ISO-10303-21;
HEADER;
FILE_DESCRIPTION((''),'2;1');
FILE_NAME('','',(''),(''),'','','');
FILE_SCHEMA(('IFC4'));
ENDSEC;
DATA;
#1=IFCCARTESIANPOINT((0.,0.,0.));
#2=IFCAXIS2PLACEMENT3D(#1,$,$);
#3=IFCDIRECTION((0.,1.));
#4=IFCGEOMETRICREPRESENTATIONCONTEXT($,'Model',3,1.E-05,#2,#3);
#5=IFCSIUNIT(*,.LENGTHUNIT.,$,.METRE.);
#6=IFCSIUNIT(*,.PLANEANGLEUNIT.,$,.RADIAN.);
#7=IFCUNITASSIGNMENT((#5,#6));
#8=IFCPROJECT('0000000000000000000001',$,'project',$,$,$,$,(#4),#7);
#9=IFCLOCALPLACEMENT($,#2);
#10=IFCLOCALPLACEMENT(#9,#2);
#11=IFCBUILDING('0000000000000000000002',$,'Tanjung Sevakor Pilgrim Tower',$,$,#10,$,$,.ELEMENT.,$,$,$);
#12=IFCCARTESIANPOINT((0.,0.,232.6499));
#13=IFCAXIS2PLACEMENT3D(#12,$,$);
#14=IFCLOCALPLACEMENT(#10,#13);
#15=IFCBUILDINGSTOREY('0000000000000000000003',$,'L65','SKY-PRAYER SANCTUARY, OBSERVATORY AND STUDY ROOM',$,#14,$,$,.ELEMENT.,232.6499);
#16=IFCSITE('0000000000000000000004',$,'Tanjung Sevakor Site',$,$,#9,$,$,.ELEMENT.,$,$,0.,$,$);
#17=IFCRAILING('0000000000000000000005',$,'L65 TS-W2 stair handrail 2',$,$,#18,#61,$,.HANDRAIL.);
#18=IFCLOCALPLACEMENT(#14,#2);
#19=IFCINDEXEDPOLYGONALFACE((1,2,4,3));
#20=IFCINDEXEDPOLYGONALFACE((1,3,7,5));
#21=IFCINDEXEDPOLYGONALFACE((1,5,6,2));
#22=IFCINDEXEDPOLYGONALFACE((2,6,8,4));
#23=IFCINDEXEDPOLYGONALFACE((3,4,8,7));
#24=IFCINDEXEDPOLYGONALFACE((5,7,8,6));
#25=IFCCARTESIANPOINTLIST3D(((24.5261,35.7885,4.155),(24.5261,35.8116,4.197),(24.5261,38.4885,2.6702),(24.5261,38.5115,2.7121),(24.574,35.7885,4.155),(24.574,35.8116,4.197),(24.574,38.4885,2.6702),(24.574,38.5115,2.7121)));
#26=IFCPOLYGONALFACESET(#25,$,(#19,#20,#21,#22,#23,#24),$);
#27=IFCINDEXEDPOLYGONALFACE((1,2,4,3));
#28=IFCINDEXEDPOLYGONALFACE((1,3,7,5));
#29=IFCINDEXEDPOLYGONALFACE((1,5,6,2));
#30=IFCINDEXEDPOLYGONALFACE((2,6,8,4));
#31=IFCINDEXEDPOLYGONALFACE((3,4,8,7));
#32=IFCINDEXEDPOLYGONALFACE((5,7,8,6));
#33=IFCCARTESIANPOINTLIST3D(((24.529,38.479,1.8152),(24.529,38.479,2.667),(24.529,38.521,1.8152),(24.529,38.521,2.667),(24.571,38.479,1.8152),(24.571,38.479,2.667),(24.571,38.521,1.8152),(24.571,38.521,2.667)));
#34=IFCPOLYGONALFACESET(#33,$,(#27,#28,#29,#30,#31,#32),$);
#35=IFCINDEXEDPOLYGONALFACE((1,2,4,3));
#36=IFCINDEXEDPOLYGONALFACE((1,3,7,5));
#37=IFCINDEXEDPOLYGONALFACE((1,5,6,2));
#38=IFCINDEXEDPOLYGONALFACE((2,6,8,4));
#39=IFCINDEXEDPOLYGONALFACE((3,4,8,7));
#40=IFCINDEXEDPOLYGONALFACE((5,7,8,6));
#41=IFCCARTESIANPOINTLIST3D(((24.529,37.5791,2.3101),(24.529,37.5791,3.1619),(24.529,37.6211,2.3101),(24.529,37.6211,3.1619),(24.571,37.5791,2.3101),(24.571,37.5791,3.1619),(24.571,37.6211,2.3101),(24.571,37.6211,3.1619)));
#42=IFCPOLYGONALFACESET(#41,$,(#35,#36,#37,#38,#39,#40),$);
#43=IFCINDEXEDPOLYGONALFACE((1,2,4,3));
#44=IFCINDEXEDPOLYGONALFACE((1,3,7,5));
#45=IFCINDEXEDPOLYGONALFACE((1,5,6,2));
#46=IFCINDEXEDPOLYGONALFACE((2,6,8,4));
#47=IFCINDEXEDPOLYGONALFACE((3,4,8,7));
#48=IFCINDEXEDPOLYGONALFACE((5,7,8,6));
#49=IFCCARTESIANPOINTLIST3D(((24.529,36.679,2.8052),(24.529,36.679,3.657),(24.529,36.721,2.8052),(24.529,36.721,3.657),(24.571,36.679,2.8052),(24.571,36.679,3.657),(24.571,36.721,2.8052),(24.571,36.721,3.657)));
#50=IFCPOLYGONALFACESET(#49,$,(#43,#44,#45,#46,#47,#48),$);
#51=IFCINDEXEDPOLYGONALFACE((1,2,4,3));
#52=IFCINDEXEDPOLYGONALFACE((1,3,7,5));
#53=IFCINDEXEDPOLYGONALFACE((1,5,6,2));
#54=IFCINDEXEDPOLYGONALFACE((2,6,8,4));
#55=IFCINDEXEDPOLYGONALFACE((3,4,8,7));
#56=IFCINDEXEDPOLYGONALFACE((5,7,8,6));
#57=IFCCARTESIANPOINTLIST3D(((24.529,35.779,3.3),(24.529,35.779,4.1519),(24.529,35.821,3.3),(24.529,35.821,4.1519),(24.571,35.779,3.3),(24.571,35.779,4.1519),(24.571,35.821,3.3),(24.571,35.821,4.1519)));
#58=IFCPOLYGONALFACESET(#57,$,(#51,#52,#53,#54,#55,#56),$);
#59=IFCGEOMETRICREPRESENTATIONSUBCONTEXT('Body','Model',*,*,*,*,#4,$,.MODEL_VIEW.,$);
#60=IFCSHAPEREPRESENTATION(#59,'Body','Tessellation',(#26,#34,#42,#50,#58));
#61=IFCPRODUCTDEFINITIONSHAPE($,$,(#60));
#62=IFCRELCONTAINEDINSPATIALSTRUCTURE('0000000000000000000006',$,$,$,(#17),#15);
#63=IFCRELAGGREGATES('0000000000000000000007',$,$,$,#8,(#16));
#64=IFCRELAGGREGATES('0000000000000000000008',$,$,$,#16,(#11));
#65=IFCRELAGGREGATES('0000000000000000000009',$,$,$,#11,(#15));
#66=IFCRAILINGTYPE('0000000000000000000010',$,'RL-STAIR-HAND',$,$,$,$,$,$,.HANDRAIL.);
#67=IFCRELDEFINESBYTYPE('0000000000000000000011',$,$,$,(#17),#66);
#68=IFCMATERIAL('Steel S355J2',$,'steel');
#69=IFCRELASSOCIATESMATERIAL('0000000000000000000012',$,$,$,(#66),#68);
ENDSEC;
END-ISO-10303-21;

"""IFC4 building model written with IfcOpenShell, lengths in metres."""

from ifc_helpers import new_model, si_unit, direction, frame, origin, place, context, subcontext, project, spatial, rectangle, extrude, material, type_object, element, save


model = new_model("IFC4")

# Units and contexts
model_context = context("Model", 3, precision=1e-05, world=origin(), true_north=direction((0.0, 1.0)))
body_context = subcontext(model_context, "Body", "Model", "MODEL_VIEW")
ifc_project = project(units=[si_unit("LENGTHUNIT", "METRE"), si_unit("PLANEANGLEUNIT", "RADIAN")], contexts=[model_context])

# Site, building, storey
site_placement = place(None, origin())
site = spatial("IfcSite", under=ifc_project, at=site_placement, Name="Tanjung Sevakor Site", CompositionType="ELEMENT", RefElevation=0.0)
building_placement = place(site_placement, origin())
building = spatial("IfcBuilding", under=site, at=building_placement, Name="Tanjung Sevakor Pilgrim Tower", CompositionType="ELEMENT")
storey_placement = place(building_placement, frame((0.0, 0.0, 232.6499)))
storey = spatial("IfcBuildingStorey", under=building, at=storey_placement, Name="L65", Description="SKY-PRAYER SANCTUARY, OBSERVATORY AND STUDY ROOM", CompositionType="ELEMENT", Elevation=232.6499)

# Railing
ifc_material_1 = material(Name="Steel S355J2", Category="steel")
railing_type_1 = type_object("IfcRailingType", Name="RL-STAIR-HAND", PredefinedType="HANDRAIL", material=ifc_material_1)
railing_1_placement = place(storey_placement, frame((24.55, 38.5, 1.8152)))
element("IfcRailing", 1, at=railing_1_placement, inside=storey, type_object=railing_type_1, Name="L65 TS-W2 stair handrail 2", PredefinedType="HANDRAIL", context=body_context, shape_type="SweptSolid", body=[
    extrude(rectangle(XDim=0.0479, YDim=0.0479), frame((0.0, 0.0, 0.876), z_axis=(0.0, -0.876231, 0.481891), x_axis=(1.0, 0.0, 0.0)), (0.0, 0.0, 1.0), 3.0813),
    extrude(rectangle(XDim=0.042, YDim=0.042), origin(), (0.0, 0.0, 1.0), 0.8518),
    extrude(rectangle(XDim=0.042, YDim=0.042), frame((0.0, -0.8999, 0.4949)), (0.0, 0.0, 1.0), 0.8518),
    extrude(rectangle(XDim=0.042, YDim=0.042), frame((0.0, -1.8, 0.99)), (0.0, 0.0, 1.0), 0.8518),
    extrude(rectangle(XDim=0.042, YDim=0.042), frame((0.0, -2.7, 1.4849)), (0.0, 0.0, 1.0), 0.8518),
])

save(model, "model.ifc")
